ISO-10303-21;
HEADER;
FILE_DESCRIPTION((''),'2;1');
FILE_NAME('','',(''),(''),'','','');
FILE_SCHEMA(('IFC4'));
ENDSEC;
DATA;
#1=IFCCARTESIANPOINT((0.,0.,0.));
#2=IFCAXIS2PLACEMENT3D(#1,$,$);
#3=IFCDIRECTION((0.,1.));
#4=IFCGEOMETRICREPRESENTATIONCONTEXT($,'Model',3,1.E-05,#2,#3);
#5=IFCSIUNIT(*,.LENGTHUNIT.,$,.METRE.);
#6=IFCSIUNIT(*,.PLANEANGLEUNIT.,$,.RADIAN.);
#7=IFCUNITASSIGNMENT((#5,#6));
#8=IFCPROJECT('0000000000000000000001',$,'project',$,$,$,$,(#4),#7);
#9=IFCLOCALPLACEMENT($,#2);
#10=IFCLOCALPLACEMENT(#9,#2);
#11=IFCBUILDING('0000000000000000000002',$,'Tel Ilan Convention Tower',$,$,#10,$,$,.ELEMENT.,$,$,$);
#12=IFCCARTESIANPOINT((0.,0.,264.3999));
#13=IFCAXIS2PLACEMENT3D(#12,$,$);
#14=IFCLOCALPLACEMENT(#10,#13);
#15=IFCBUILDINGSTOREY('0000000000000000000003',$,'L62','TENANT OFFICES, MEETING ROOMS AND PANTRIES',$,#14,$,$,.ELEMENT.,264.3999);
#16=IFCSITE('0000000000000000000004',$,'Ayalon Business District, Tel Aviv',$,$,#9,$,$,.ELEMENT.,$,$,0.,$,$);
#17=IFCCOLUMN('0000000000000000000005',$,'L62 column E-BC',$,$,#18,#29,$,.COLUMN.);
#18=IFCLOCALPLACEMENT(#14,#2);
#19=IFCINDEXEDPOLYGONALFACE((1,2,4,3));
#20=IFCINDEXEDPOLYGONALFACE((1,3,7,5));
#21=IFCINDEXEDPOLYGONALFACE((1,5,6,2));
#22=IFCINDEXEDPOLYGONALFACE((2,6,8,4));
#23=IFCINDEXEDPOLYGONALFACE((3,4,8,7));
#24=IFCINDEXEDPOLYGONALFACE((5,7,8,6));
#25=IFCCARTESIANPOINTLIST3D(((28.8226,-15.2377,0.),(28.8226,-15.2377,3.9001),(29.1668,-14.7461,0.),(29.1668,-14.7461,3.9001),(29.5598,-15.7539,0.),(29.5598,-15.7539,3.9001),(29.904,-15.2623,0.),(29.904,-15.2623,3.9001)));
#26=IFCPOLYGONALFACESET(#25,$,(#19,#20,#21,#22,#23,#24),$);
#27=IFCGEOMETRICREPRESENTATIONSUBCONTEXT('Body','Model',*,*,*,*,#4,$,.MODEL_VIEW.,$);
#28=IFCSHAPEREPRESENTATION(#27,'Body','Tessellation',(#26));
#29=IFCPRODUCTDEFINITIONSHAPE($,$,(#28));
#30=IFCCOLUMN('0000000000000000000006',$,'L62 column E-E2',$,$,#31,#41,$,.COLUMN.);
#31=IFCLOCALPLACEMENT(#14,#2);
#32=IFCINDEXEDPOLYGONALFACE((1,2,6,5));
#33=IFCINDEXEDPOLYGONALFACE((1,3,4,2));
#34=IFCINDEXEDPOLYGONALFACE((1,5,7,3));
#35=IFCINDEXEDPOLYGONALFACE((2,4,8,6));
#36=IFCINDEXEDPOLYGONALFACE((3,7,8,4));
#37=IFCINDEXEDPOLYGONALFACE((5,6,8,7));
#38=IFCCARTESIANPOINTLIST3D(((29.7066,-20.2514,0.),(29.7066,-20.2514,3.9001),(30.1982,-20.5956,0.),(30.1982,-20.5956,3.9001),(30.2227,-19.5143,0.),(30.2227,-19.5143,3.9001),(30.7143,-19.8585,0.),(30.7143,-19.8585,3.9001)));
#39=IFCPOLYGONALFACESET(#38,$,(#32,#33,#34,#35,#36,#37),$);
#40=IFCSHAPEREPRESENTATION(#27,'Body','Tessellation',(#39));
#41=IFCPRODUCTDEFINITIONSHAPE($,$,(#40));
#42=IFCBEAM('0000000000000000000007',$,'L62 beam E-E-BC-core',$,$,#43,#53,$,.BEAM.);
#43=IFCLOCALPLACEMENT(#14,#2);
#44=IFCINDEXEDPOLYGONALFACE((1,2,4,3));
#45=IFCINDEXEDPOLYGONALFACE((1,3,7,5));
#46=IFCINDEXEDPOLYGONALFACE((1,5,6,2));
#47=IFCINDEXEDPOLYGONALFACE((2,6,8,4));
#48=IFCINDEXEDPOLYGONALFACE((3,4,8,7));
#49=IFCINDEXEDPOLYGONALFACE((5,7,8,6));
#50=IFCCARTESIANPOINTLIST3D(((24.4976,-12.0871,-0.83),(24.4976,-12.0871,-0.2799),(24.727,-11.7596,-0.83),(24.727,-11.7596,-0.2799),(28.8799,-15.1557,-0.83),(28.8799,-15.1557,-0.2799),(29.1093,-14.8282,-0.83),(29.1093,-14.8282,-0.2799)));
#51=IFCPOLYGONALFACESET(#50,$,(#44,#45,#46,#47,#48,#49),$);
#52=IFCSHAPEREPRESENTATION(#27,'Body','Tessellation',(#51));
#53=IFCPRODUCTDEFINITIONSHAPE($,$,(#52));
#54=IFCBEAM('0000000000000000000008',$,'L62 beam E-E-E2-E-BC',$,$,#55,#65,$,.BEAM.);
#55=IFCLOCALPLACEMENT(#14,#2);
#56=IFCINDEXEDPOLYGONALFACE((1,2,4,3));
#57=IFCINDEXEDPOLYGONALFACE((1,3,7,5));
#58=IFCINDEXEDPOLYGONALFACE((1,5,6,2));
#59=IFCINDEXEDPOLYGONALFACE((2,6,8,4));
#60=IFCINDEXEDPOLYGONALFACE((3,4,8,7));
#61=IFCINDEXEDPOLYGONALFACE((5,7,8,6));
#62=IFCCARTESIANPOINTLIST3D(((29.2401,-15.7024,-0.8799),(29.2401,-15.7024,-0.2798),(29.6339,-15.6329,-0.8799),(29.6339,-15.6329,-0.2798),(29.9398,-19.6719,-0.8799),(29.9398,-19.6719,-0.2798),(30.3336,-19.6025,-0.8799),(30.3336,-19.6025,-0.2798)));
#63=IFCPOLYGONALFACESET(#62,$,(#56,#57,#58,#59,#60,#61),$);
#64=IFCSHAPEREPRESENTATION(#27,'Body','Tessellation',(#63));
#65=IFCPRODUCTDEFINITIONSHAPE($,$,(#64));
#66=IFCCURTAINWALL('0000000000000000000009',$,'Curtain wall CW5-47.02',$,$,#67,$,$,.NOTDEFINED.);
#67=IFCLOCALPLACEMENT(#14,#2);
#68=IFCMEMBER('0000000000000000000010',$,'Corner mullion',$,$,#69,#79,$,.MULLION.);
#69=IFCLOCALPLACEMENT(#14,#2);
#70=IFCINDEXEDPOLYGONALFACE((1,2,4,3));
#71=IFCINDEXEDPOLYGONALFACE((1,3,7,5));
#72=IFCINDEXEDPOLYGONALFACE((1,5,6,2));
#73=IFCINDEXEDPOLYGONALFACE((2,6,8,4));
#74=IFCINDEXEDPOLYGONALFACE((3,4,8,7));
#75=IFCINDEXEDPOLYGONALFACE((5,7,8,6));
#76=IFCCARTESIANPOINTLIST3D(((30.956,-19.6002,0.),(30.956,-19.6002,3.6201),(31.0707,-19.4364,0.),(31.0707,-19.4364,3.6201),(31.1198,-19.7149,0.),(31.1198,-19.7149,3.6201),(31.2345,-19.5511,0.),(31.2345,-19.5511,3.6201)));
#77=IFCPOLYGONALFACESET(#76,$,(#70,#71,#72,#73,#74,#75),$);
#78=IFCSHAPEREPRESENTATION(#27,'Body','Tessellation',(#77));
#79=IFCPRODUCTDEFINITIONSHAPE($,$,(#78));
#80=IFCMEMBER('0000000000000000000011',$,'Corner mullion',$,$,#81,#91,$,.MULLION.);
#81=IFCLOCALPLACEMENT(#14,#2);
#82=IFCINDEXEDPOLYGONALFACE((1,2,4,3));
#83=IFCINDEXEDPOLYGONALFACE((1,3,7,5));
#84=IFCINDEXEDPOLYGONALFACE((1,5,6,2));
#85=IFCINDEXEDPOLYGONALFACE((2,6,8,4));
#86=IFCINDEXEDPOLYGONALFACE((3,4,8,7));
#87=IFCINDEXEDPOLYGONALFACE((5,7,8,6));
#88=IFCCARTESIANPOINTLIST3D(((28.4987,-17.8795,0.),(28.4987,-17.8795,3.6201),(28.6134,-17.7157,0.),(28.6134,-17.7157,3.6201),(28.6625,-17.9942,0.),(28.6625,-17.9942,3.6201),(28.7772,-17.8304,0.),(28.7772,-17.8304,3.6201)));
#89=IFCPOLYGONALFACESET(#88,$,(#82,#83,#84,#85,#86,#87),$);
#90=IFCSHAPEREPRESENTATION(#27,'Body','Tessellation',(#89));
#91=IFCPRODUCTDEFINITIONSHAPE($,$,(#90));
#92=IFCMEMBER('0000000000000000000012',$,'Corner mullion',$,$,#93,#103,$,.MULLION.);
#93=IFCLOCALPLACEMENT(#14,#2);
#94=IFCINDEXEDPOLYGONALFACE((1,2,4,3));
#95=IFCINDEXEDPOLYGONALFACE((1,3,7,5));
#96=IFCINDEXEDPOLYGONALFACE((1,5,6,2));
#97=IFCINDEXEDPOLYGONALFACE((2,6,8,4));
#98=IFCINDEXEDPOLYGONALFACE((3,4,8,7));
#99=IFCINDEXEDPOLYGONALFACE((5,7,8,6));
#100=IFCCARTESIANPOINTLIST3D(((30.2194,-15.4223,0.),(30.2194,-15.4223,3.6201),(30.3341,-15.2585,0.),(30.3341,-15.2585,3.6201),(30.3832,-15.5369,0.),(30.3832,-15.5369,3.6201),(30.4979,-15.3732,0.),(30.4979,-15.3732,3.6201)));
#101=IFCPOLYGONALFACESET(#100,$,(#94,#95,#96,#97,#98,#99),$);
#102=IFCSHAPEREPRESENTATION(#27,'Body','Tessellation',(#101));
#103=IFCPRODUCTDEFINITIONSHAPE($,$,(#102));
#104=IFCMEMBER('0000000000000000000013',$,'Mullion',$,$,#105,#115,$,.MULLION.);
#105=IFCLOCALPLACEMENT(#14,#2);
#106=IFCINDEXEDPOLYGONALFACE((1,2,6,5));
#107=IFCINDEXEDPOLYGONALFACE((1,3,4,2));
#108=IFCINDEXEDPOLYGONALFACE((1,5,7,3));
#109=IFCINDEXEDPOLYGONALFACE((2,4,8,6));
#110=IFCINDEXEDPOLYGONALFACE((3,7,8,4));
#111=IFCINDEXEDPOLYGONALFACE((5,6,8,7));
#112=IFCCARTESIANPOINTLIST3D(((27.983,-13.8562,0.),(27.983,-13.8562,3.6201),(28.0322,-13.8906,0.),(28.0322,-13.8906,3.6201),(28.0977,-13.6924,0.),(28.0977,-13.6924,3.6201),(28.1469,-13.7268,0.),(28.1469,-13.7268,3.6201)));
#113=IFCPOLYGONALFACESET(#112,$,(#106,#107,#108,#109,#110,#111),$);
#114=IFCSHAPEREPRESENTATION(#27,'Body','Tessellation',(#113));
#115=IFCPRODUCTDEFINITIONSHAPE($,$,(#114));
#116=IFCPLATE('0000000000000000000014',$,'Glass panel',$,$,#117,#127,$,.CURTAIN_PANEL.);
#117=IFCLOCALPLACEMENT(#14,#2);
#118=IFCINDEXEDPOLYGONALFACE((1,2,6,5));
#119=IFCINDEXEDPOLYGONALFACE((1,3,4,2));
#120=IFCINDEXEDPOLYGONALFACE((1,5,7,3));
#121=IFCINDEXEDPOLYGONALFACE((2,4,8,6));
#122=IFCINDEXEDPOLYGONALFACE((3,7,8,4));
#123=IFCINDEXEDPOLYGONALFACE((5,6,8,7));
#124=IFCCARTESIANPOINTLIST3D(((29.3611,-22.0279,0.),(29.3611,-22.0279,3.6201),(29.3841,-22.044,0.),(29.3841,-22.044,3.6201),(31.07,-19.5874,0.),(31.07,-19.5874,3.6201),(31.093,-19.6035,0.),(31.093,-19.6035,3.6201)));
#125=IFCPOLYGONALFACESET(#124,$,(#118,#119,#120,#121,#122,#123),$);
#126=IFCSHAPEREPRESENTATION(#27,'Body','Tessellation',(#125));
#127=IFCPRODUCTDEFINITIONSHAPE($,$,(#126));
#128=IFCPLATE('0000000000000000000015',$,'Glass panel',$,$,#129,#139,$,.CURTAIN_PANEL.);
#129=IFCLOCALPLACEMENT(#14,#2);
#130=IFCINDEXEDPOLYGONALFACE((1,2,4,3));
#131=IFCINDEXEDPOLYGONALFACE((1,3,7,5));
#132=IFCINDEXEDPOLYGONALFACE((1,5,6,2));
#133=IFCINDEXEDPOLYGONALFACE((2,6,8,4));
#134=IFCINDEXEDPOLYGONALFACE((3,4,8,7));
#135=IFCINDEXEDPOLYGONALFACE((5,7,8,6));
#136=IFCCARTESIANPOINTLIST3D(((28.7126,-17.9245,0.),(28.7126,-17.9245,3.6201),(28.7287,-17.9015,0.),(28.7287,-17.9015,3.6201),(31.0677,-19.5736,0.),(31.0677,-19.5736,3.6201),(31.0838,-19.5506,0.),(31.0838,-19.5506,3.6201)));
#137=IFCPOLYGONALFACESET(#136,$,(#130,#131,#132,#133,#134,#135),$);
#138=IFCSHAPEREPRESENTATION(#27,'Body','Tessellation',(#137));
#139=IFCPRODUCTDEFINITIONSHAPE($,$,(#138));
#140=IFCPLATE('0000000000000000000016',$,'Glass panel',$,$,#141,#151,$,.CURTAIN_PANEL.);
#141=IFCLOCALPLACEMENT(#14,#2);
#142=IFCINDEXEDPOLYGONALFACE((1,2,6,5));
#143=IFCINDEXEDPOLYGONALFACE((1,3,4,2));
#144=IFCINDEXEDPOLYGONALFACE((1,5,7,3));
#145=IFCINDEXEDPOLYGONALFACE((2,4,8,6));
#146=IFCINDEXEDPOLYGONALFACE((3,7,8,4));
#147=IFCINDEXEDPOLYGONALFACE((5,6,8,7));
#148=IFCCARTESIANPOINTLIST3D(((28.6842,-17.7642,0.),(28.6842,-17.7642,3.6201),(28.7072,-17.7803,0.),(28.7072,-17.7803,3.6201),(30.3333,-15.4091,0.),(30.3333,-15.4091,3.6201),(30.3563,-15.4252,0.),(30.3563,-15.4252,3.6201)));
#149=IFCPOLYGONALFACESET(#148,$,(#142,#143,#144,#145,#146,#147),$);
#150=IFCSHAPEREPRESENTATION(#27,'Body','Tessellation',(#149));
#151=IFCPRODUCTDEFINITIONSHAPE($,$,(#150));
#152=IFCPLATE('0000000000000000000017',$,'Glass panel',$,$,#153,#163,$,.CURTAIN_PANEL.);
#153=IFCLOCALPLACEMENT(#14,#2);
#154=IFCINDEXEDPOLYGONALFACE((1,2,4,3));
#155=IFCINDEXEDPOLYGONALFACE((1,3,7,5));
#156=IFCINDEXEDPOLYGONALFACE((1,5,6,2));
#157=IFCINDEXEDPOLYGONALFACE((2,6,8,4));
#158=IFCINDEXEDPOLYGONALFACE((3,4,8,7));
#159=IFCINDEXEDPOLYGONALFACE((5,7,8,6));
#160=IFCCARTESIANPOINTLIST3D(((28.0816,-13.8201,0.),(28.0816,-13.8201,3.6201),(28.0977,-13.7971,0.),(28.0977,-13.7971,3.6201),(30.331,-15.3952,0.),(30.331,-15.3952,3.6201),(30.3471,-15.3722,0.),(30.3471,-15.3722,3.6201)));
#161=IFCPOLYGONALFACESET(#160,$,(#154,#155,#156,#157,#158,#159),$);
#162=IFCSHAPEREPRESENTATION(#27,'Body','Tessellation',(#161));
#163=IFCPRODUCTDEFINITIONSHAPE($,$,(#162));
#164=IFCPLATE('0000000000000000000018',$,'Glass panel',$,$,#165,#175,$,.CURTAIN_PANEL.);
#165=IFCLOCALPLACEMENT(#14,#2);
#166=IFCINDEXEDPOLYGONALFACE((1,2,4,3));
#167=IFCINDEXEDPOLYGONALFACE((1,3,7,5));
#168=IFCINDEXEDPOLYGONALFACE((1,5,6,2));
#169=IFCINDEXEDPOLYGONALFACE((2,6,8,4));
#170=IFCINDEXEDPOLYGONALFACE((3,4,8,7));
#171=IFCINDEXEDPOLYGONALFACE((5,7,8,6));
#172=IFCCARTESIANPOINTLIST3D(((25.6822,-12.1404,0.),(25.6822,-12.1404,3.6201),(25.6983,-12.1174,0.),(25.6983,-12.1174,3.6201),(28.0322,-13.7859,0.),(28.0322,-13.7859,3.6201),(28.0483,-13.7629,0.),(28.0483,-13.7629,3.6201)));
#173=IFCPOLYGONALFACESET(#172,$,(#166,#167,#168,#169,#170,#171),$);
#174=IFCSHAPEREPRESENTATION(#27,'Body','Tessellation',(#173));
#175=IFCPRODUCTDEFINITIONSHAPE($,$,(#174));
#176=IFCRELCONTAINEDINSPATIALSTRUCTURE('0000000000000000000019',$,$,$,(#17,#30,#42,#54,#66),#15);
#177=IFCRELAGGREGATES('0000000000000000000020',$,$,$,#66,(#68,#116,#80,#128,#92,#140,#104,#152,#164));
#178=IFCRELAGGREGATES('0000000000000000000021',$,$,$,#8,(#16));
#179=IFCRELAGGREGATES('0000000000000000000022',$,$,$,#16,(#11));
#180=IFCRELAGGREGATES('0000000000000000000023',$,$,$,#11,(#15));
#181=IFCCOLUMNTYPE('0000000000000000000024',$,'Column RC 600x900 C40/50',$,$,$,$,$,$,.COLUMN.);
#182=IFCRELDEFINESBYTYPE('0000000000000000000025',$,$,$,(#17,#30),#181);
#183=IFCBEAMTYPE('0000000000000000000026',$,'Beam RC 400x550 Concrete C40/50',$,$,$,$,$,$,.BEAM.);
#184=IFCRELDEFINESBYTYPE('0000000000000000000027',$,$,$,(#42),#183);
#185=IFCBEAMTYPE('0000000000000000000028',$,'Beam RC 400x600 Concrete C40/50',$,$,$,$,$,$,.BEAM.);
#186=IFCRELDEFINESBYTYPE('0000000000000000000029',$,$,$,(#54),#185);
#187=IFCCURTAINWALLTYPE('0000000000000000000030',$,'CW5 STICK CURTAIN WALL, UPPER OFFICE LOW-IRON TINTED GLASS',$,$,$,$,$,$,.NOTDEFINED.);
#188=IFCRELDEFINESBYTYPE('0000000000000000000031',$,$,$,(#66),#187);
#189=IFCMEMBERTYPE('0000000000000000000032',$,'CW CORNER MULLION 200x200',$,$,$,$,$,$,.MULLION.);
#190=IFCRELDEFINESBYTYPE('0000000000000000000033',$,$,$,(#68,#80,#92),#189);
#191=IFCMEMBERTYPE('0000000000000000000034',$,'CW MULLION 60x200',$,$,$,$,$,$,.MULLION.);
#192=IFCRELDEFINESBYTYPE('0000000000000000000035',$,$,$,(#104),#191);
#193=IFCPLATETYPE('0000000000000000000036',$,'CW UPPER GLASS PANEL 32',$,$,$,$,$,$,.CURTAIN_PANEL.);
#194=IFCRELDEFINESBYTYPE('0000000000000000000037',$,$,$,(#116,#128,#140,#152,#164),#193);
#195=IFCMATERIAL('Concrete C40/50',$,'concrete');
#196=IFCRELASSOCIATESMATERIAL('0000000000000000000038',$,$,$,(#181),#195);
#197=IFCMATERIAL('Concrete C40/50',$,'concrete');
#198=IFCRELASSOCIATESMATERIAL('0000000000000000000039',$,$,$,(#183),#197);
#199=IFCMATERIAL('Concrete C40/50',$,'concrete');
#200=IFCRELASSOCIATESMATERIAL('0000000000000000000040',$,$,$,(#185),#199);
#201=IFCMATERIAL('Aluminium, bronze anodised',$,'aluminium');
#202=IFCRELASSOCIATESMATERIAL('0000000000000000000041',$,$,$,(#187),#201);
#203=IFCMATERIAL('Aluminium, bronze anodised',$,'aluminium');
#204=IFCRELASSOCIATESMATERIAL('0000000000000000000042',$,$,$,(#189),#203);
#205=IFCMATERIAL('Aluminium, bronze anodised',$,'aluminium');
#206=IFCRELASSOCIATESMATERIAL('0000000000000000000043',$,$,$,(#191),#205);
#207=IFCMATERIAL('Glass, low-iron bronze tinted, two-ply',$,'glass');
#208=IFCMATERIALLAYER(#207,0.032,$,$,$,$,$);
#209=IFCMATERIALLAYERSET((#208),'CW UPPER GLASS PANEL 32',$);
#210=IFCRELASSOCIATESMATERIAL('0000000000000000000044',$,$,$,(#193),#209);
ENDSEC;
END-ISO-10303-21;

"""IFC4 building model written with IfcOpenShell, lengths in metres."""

from ifc_helpers import new_model, si_unit, direction, frame, origin, origin_2d, place, context, subcontext, project, spatial, rectangle, extrude, material, layer, layer_set, material_profile, profile_set, type_object, element, aggregate, save


model = new_model("IFC4")

# Units and contexts
model_context = context("Model", 3, precision=1e-05, world=origin(), true_north=direction((0.0, 1.0)))
body_context = subcontext(model_context, "Body", "Model", "MODEL_VIEW")
ifc_project = project(units=[si_unit("LENGTHUNIT", "METRE"), si_unit("PLANEANGLEUNIT", "RADIAN")], contexts=[model_context])

# Site, building, storey
site_placement = place(None, origin())
site = spatial("IfcSite", under=ifc_project, at=site_placement, Name="Ayalon Business District, Tel Aviv", CompositionType="ELEMENT", RefElevation=0.0)
building_placement = place(site_placement, origin())
building = spatial("IfcBuilding", under=site, at=building_placement, Name="Tel Ilan Convention Tower", CompositionType="ELEMENT")
storey_placement = place(building_placement, frame((0.0, 0.0, 264.3999)))
storey = spatial("IfcBuildingStorey", under=building, at=storey_placement, Name="L62", Description="TENANT OFFICES, MEETING ROOMS AND PANTRIES", CompositionType="ELEMENT", Elevation=264.3999)

# Columns
ifc_material_1 = material(Name="Concrete C40/50", Category="concrete")
ifc_material_profile_1 = material_profile(ifc_material_1, rectangle(XDim=0.8999, YDim=0.6001, at=origin_2d()), Name="RC 600x900")
ifc_profile_set_1 = profile_set([ifc_material_profile_1], Name="Concrete C40/50")
column_type = type_object("IfcColumnType", Name="Column RC 600x900 C40/50", PredefinedType="COLUMN", material=ifc_profile_set_1)
for number, where, z_axis, x_axis, name in (
    (1, (29.3633, -15.25, 0.0), (0.0, 0.0, 1.0), (0.819152, -0.573576, 0.0), "L62 column E-BC"),
    (2, (30.2104, -20.0549, 0.0), (0.0, 0.0, 1.0), (0.573576, 0.819152, 0.0), "L62 column E-E2"),
):
    element("IfcColumn", number, at=place(storey_placement, frame(where, z_axis=z_axis, x_axis=x_axis)), inside=storey, type_object=column_type, Name=name, PredefinedType="COLUMN", context=body_context, shape_type="SweptSolid", body=[
        extrude(rectangle(XDim=0.8999, YDim=0.6001, at=origin_2d()), origin(), (0.0, 0.0, 1.0), 3.9001),
    ])

# Beams
ifc_material_2 = material(Name="Concrete C40/50", Category="concrete")
ifc_material_profile_2 = material_profile(ifc_material_2, rectangle(XDim=0.3999, YDim=0.55, at=origin_2d()), Name="RC 400x550")
ifc_profile_set_2 = profile_set([ifc_material_profile_2], Name="Concrete C40/50")
beam_type_1 = type_object("IfcBeamType", Name="Beam RC 400x550 Concrete C40/50", PredefinedType="BEAM", material=ifc_profile_set_2)
beam_1_placement = place(storey_placement, frame((28.9946, -14.9919, -0.5549), z_axis=(-0.819146, 0.573585, 0.0), x_axis=(-0.573585, -0.819146, 0.0)))
element("IfcBeam", 3, at=beam_1_placement, inside=storey, type_object=beam_type_1, Name="L62 beam E-E-BC-core", PredefinedType="BEAM", context=body_context, shape_type="SweptSolid", body=[
    extrude(rectangle(XDim=0.3999, YDim=0.55, at=origin_2d()), origin(), (0.0, 0.0, 1.0), 5.3499),
])
ifc_material_3 = material(Name="Concrete C40/50", Category="concrete")
ifc_material_profile_3 = material_profile(ifc_material_3, rectangle(XDim=0.3999, YDim=0.6001, at=origin_2d()), Name="RC 400x600")
ifc_profile_set_3 = profile_set([ifc_material_profile_3], Name="Concrete C40/50")
beam_type_2 = type_object("IfcBeamType", Name="Beam RC 400x600 Concrete C40/50", PredefinedType="BEAM", material=ifc_profile_set_3)
beam_2_placement = place(storey_placement, frame((30.1367, -19.6372, -0.5798), z_axis=(-0.173595, 0.984817, 0.0), x_axis=(-0.984817, -0.173595, 0.0)))
element("IfcBeam", 4, at=beam_2_placement, inside=storey, type_object=beam_type_2, Name="L62 beam E-E-E2-E-BC", PredefinedType="BEAM", context=body_context, shape_type="SweptSolid", body=[
    extrude(rectangle(XDim=0.3999, YDim=0.6001, at=origin_2d()), origin(), (0.0, 0.0, 1.0), 4.0308),
])

# Curtain wall, members, plates
ifc_material_4 = material(Name="Aluminium, bronze anodised", Category="aluminium")
curtain_wall_type = type_object("IfcCurtainWallType", Name="CW5 STICK CURTAIN WALL, UPPER OFFICE LOW-IRON TINTED GLASS", PredefinedType="NOTDEFINED", material=ifc_material_4)
curtain_wall_placement = place(storey_placement, origin())
curtain_wall = element("IfcCurtainWall", 5, at=curtain_wall_placement, inside=storey, type_object=curtain_wall_type, Name="Curtain wall CW5-47.02", PredefinedType="NOTDEFINED")
ifc_material_5 = material(Name="Aluminium, bronze anodised", Category="aluminium")
ifc_material_profile_4 = material_profile(ifc_material_5, rectangle(XDim=0.2, YDim=0.2, at=origin_2d()), Name="CW CORNER MULLION 200x200")
ifc_profile_set_4 = profile_set([ifc_material_profile_4], Name="Aluminium, bronze anodised")
member_type_1 = type_object("IfcMemberType", Name="CW CORNER MULLION 200x200", PredefinedType="MULLION", material=ifc_profile_set_4)
member_1_placement = place(storey_placement, frame((31.0952, -19.5757, 0.0), z_axis=(0.0, 0.0, 1.0), x_axis=(0.573576, 0.819152, 0.0)))
member_1 = element("IfcMember", 6, at=member_1_placement, type_object=member_type_1, Name="Corner mullion", PredefinedType="MULLION", context=body_context, shape_type="SweptSolid", body=[
    extrude(rectangle(XDim=0.2, YDim=0.2, at=origin_2d()), origin(), (0.0, 0.0, 1.0), 3.6201),
])
member_2_placement = place(storey_placement, frame((28.6379, -17.855, 0.0), z_axis=(0.0, 0.0, 1.0), x_axis=(-0.819152, 0.573576, 0.0)))
member_2 = element("IfcMember", 7, at=member_2_placement, type_object=member_type_1, Name="Corner mullion", PredefinedType="MULLION", context=body_context, shape_type="SweptSolid", body=[
    extrude(rectangle(XDim=0.2, YDim=0.2, at=origin_2d()), origin(), (0.0, 0.0, 1.0), 3.6201),
])
member_3_placement = place(storey_placement, frame((30.3586, -15.3977, 0.0), z_axis=(0.0, 0.0, 1.0), x_axis=(0.573576, 0.819152, 0.0)))
member_3 = element("IfcMember", 8, at=member_3_placement, type_object=member_type_1, Name="Corner mullion", PredefinedType="MULLION", context=body_context, shape_type="SweptSolid", body=[
    extrude(rectangle(XDim=0.2, YDim=0.2, at=origin_2d()), origin(), (0.0, 0.0, 1.0), 3.6201),
])
ifc_material_6 = material(Name="Aluminium, bronze anodised", Category="aluminium")
ifc_material_profile_5 = material_profile(ifc_material_6, rectangle(XDim=0.0601, YDim=0.2, at=origin_2d()), Name="CW MULLION 60x200")
ifc_profile_set_5 = profile_set([ifc_material_profile_5], Name="Aluminium, bronze anodised")
member_type_2 = type_object("IfcMemberType", Name="CW MULLION 60x200", PredefinedType="MULLION", material=ifc_profile_set_5)
member_4_placement = place(storey_placement, frame((28.0649, -13.7915, 0.0), z_axis=(0.0, 0.0, 1.0), x_axis=(-0.819152, 0.573576, 0.0)))
member_4 = element("IfcMember", 9, at=member_4_placement, type_object=member_type_2, Name="Mullion", PredefinedType="MULLION", context=body_context, shape_type="SweptSolid", body=[
    extrude(rectangle(XDim=0.0601, YDim=0.2, at=origin_2d()), origin(), (0.0, 0.0, 1.0), 3.6201),
])
ifc_material_7 = material(Name="Glass, low-iron bronze tinted, two-ply", Category="glass")
ifc_layer_1 = layer(ifc_material_7, 0.032)
ifc_layer_set_1 = layer_set([ifc_layer_1], Name="CW UPPER GLASS PANEL 32")
plate_type = type_object("IfcPlateType", Name="CW UPPER GLASS PANEL 32", PredefinedType="CURTAIN_PANEL", material=ifc_layer_set_1)
plate_1_placement = place(storey_placement, frame((30.2271, -20.8157, 0.0), z_axis=(0.0, 0.0, 1.0), x_axis=(0.573576, 0.819152, 0.0)))
plate_1 = element("IfcPlate", 10, at=plate_1_placement, type_object=plate_type, Name="Glass panel", PredefinedType="CURTAIN_PANEL", context=body_context, shape_type="SweptSolid", body=[
    extrude(rectangle(XDim=2.9792, YDim=0.0281, at=origin_2d()), origin(), (0.0, 0.0, 1.0), 3.6201),
])
plate_2_placement = place(storey_placement, frame((29.8982, -18.7375, 0.0), z_axis=(0.0, 0.0, 1.0), x_axis=(-0.819152, 0.573576, 0.0)))
plate_2 = element("IfcPlate", 11, at=plate_2_placement, type_object=plate_type, Name="Glass panel", PredefinedType="CURTAIN_PANEL", context=body_context, shape_type="SweptSolid", body=[
    extrude(rectangle(XDim=2.875, YDim=0.0281, at=origin_2d()), origin(), (0.0, 0.0, 1.0), 3.6201),
])
plate_3_placement = place(storey_placement, frame((29.5203, -16.5947, 0.0), z_axis=(0.0, 0.0, 1.0), x_axis=(0.573576, 0.819152, 0.0)))
plate_3 = element("IfcPlate", 12, at=plate_3_placement, type_object=plate_type, Name="Glass panel", PredefinedType="CURTAIN_PANEL", context=body_context, shape_type="SweptSolid", body=[
    extrude(rectangle(XDim=2.875, YDim=0.0281, at=origin_2d()), origin(), (0.0, 0.0, 1.0), 3.6201),
])
plate_4_placement = place(storey_placement, frame((29.2144, -14.5962, 0.0), z_axis=(0.0, 0.0, 1.0), x_axis=(-0.819152, 0.573576, 0.0)))
plate_4 = element("IfcPlate", 13, at=plate_4_placement, type_object=plate_type, Name="Glass panel", PredefinedType="CURTAIN_PANEL", context=body_context, shape_type="SweptSolid", body=[
    extrude(rectangle(XDim=2.7461, YDim=0.0281, at=origin_2d()), origin(), (0.0, 0.0, 1.0), 3.6201),
])
plate_5_placement = place(storey_placement, frame((26.8652, -12.9517, 0.0), z_axis=(0.0, 0.0, 1.0), x_axis=(-0.819152, 0.573576, 0.0)))
plate_5 = element("IfcPlate", 14, at=plate_5_placement, type_object=plate_type, Name="Glass panel", PredefinedType="CURTAIN_PANEL", context=body_context, shape_type="SweptSolid", body=[
    extrude(rectangle(XDim=2.8689, YDim=0.0281, at=origin_2d()), origin(), (0.0, 0.0, 1.0), 3.6201),
])
aggregate(curtain_wall, [member_1, plate_1, member_2, plate_2, member_3, plate_3, member_4, plate_4, plate_5])

save(model, "model.ifc")
